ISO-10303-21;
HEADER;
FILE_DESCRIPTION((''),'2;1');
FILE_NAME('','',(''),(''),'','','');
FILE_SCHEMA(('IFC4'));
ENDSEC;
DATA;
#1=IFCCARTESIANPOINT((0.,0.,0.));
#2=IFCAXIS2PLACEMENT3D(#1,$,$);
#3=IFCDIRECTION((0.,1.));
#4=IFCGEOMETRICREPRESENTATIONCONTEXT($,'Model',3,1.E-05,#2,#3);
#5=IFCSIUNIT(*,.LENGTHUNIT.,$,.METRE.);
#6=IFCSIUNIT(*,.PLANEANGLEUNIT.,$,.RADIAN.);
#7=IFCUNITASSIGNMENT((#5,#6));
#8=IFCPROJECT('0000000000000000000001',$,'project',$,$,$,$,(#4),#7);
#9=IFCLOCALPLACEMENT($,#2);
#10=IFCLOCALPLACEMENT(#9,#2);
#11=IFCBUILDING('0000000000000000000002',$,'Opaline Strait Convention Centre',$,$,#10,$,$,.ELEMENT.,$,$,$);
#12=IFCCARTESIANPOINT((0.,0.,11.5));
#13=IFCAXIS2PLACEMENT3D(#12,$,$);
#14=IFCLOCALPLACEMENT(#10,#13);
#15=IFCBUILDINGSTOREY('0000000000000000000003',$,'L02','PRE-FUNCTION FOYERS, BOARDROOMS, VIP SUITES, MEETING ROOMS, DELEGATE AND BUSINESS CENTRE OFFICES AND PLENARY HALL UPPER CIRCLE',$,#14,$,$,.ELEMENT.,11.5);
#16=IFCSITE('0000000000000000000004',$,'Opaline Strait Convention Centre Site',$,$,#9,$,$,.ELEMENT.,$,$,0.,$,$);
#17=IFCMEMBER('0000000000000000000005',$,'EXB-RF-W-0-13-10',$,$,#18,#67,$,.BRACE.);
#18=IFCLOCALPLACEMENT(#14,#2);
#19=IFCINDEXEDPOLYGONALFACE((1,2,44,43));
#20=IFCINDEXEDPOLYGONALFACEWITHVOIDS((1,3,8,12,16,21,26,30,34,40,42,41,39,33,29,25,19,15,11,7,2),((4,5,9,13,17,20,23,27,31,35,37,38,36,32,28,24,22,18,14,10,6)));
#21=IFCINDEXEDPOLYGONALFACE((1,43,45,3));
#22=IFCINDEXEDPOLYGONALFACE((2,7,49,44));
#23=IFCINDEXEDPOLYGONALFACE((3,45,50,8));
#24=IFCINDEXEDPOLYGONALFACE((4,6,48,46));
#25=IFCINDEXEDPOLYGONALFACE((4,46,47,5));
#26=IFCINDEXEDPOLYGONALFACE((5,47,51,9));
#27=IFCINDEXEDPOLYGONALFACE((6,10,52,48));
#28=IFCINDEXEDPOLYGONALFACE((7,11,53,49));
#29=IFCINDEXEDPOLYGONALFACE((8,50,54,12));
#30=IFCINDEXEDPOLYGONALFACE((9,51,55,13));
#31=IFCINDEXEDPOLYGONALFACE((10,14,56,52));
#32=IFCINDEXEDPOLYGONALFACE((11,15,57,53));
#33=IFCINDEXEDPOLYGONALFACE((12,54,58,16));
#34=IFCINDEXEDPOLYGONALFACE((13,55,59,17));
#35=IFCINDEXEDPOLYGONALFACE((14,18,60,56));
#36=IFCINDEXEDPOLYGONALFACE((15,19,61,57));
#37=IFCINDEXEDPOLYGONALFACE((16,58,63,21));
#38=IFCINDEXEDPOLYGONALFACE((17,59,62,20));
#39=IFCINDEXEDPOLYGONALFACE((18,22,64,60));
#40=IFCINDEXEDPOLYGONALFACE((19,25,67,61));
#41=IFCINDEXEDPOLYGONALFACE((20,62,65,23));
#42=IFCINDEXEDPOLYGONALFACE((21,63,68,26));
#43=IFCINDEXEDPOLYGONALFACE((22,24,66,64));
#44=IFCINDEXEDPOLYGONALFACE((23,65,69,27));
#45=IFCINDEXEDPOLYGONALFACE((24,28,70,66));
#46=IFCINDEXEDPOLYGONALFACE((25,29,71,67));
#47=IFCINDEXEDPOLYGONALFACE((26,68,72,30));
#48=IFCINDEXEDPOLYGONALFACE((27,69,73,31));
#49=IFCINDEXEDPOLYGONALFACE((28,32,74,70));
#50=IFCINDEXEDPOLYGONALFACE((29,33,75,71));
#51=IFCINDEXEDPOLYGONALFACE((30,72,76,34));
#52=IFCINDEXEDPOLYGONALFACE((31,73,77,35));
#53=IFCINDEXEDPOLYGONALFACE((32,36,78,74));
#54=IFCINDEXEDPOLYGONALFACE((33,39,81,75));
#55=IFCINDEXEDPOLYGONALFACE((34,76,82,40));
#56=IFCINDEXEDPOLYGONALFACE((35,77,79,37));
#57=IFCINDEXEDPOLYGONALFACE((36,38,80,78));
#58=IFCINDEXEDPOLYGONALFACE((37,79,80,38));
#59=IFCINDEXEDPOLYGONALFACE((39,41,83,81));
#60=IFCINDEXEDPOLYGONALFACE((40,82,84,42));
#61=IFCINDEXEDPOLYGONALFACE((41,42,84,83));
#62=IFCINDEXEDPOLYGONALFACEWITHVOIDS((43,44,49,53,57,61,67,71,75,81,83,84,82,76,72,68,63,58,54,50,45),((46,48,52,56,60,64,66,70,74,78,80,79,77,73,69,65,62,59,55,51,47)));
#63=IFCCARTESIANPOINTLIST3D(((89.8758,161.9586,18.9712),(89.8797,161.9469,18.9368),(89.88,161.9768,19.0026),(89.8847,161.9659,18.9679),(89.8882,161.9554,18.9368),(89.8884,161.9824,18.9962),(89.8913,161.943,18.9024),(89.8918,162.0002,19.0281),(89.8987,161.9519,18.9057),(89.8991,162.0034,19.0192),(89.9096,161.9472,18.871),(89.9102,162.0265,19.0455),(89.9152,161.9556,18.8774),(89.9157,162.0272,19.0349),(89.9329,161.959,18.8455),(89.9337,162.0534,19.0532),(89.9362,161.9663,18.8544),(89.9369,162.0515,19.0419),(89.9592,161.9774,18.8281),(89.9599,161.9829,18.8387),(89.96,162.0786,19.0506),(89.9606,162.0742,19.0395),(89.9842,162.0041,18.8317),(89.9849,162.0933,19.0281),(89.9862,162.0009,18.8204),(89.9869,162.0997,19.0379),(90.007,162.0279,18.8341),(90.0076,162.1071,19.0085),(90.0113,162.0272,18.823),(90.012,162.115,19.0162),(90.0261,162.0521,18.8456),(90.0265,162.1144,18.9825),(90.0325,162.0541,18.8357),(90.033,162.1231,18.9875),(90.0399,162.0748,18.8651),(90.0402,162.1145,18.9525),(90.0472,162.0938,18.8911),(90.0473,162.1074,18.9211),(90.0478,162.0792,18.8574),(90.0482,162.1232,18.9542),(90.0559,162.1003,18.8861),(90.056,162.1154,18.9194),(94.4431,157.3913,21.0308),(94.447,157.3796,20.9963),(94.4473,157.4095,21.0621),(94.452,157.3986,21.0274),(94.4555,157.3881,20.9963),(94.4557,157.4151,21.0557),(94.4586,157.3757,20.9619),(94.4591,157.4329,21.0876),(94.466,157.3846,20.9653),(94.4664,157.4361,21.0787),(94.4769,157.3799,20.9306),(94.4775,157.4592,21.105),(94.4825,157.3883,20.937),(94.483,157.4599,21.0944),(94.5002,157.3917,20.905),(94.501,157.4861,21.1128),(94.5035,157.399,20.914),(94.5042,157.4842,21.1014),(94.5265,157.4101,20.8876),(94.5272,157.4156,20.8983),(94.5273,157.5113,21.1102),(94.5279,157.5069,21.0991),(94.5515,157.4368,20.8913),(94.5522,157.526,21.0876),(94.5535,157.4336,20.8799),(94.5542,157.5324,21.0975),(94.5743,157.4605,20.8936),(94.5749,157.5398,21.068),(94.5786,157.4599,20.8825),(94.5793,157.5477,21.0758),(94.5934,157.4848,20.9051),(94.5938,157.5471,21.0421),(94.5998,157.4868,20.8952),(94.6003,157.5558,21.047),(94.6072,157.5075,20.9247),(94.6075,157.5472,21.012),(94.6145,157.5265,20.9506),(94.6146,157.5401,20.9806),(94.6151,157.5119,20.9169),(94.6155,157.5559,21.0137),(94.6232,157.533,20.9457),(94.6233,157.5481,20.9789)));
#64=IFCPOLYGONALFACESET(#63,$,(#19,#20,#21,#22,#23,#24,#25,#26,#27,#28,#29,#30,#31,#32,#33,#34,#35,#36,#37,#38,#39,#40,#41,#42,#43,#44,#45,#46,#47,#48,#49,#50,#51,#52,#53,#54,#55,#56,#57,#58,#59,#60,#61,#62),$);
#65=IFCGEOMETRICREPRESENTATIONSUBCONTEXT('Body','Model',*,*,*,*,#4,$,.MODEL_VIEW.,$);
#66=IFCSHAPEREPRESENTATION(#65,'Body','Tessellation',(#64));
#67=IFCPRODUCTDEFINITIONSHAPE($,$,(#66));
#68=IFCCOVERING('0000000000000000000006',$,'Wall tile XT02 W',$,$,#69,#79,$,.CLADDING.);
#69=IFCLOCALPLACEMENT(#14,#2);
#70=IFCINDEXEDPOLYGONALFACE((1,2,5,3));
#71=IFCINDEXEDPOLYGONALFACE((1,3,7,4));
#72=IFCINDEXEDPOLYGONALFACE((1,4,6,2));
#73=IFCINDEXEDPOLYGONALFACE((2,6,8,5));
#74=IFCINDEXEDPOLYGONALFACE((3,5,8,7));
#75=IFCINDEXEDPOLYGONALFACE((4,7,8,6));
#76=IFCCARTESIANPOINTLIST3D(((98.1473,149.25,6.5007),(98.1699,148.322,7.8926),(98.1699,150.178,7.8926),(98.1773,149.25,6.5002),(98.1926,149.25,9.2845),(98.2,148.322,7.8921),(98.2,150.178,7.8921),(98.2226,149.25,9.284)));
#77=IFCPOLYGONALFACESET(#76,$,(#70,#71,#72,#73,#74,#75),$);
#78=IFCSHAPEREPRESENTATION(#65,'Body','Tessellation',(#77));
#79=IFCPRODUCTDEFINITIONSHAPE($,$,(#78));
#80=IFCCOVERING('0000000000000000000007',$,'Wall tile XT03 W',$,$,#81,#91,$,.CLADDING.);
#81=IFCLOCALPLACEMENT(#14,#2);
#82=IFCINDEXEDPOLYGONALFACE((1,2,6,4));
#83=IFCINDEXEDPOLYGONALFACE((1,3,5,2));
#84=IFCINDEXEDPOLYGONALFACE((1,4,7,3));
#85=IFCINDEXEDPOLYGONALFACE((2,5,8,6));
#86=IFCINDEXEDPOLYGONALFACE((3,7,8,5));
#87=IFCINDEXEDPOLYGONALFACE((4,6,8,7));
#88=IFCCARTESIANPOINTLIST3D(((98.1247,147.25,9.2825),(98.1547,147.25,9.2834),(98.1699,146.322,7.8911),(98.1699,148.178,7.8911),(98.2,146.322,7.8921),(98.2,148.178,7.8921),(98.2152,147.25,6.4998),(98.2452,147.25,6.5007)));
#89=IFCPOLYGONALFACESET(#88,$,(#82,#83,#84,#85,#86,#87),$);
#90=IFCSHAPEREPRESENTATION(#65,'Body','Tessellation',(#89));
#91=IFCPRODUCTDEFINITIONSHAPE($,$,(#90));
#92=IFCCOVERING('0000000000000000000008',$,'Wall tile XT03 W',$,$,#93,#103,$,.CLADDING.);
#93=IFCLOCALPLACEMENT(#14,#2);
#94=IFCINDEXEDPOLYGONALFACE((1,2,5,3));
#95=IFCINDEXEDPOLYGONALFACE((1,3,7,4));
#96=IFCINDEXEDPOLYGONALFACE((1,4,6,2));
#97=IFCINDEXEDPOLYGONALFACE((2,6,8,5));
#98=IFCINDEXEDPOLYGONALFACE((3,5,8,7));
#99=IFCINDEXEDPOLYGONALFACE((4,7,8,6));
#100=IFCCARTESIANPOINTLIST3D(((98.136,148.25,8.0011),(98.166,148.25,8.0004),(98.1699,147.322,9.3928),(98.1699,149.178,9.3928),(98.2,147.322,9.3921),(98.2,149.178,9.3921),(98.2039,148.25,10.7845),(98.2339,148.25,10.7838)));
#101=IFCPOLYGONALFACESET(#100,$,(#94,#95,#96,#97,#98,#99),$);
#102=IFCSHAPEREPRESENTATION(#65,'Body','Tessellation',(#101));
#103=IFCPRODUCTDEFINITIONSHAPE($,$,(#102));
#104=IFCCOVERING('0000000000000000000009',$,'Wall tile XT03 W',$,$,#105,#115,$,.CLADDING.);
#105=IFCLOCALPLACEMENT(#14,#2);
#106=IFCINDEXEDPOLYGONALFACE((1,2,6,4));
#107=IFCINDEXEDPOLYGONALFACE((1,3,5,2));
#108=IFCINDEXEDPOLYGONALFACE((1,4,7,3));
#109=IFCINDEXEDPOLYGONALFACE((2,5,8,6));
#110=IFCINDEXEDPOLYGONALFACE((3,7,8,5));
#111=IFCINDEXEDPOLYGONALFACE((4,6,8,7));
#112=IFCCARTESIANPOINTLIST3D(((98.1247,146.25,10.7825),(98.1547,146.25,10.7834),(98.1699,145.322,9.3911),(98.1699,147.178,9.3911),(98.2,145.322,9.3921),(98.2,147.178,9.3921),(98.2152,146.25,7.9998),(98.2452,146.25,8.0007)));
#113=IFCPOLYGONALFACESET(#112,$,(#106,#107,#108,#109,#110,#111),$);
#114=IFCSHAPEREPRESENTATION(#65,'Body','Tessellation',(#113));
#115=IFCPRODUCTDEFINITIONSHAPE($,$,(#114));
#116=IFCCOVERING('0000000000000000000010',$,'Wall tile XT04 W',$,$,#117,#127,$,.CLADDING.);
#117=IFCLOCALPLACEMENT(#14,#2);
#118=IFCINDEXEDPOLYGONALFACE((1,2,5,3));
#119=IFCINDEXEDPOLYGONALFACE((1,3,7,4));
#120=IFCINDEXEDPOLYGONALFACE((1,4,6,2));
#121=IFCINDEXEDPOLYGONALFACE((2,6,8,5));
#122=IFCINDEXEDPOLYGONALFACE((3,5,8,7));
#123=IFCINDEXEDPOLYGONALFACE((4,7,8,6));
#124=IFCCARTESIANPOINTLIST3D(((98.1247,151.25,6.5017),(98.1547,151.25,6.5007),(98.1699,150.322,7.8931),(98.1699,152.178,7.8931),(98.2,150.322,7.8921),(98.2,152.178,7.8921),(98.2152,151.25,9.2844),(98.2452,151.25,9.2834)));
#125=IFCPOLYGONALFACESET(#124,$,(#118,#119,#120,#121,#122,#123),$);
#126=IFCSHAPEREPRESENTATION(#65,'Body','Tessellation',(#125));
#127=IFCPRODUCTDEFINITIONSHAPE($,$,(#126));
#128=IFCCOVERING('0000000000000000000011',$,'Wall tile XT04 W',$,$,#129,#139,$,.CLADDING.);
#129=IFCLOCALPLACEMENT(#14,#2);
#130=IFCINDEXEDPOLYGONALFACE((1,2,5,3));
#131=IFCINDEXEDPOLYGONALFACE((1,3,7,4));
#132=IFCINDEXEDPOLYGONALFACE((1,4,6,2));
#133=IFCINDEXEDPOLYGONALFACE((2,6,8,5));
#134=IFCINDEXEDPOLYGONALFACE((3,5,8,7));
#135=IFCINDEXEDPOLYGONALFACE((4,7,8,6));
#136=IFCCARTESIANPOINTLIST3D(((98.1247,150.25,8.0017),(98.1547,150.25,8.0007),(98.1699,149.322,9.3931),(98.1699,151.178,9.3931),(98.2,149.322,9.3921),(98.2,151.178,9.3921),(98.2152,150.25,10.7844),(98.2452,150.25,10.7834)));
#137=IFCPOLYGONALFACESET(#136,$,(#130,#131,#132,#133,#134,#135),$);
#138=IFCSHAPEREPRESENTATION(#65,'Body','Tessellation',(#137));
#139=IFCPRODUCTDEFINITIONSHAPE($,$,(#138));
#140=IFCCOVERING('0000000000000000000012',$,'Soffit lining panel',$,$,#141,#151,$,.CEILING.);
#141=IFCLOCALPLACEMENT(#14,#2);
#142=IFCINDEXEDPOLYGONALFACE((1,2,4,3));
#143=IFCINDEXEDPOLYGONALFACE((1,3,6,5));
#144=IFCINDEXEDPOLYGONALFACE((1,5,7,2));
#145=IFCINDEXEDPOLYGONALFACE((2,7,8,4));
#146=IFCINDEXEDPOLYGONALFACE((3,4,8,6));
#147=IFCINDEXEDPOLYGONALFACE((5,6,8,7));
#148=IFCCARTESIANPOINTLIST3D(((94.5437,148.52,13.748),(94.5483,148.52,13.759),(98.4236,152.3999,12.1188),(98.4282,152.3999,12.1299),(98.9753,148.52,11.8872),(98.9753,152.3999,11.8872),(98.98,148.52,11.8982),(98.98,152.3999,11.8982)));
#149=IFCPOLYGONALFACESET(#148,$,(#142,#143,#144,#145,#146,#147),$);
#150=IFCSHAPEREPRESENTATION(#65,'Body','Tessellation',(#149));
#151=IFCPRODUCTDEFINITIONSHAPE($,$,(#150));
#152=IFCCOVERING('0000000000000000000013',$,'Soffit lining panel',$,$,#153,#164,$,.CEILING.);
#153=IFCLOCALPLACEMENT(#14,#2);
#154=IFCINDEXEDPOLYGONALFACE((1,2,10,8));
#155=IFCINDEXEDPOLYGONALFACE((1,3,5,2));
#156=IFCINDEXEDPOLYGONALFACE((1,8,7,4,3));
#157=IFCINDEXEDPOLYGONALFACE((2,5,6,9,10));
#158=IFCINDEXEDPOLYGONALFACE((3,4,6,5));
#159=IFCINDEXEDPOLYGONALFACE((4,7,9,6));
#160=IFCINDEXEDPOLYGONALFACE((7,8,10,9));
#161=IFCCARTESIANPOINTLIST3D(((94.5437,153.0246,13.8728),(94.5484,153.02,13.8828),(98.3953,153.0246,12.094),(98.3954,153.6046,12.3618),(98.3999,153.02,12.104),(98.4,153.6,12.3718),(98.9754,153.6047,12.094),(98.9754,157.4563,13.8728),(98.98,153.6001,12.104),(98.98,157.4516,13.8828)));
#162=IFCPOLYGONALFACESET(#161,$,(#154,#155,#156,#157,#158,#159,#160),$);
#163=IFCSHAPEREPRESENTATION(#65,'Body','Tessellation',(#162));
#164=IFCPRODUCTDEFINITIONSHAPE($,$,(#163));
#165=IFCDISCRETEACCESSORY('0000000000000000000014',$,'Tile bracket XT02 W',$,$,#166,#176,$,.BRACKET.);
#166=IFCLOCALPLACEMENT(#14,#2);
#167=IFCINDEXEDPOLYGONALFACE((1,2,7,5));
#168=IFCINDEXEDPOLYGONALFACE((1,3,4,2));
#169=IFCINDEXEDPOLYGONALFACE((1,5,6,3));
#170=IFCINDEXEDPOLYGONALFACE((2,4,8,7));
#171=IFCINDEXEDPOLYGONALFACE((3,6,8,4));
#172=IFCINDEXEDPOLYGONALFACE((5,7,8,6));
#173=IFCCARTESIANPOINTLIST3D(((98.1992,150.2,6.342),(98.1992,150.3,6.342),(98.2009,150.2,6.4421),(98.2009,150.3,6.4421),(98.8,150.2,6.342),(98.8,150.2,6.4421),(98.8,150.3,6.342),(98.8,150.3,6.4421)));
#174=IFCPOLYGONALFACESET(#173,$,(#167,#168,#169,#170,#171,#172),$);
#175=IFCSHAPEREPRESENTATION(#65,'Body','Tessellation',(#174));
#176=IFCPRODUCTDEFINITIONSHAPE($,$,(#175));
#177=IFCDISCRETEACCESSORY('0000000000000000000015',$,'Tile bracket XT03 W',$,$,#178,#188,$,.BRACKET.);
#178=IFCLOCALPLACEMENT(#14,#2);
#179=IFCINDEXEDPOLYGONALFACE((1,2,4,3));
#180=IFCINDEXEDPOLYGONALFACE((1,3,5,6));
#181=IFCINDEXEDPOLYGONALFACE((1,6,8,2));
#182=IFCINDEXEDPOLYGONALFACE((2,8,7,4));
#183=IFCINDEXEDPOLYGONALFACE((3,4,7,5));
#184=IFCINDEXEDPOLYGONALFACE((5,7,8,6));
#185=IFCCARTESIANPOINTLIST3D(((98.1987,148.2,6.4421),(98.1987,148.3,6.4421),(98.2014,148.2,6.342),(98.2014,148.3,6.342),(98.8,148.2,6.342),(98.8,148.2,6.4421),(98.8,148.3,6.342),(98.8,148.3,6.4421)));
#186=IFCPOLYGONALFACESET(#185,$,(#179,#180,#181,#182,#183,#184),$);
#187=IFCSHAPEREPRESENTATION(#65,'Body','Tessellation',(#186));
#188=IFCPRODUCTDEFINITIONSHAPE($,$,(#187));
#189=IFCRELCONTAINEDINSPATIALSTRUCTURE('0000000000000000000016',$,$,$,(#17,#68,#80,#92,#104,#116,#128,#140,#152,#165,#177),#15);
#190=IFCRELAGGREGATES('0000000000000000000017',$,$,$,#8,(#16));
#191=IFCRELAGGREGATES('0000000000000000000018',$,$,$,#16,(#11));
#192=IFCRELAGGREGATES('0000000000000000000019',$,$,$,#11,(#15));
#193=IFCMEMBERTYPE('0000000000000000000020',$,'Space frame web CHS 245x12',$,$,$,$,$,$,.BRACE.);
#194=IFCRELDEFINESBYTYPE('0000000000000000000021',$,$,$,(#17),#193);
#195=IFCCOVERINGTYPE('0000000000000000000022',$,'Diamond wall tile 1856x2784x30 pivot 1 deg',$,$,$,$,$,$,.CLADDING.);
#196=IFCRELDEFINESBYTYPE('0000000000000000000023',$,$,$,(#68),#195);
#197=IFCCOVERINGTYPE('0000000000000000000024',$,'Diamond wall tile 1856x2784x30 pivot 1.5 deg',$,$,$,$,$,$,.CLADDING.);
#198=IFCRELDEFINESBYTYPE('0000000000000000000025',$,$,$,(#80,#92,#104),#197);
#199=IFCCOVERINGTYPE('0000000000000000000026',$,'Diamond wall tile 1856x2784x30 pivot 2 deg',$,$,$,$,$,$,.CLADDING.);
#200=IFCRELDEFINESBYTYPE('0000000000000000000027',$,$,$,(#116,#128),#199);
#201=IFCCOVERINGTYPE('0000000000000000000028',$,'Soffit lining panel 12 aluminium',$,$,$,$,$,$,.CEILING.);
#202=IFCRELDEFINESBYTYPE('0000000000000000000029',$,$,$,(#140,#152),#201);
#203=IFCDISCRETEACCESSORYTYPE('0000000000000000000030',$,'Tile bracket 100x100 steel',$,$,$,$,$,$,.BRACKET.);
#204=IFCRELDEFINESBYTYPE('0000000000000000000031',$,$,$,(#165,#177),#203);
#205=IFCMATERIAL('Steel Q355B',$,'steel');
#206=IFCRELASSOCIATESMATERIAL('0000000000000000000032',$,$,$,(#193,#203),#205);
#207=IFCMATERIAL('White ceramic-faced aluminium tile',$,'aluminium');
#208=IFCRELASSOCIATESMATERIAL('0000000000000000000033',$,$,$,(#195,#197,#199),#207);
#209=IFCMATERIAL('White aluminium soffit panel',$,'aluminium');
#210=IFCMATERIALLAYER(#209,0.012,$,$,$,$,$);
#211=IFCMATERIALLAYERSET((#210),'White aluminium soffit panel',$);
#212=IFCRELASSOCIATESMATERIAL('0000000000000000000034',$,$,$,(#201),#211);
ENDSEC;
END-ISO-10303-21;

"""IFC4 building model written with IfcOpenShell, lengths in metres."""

from ifc_helpers import new_model, si_unit, direction, frame, origin, origin_2d, place, context, subcontext, project, spatial, polyline, hollow_circle, outline, extrude, material, layer, layer_set, material_profile, profile_set, type_object, element, save


model = new_model("IFC4")

# Units and contexts
model_context = context("Model", 3, precision=1e-05, world=origin(), true_north=direction((0.0, 1.0)))
body_context = subcontext(model_context, "Body", "Model", "MODEL_VIEW")
ifc_project = project(units=[si_unit("LENGTHUNIT", "METRE"), si_unit("PLANEANGLEUNIT", "RADIAN")], contexts=[model_context])

# Site, building, storey
site_placement = place(None, origin())
site = spatial("IfcSite", under=ifc_project, at=site_placement, Name="Opaline Strait Convention Centre Site", CompositionType="ELEMENT", RefElevation=0.0)
building_placement = place(site_placement, origin())
building = spatial("IfcBuilding", under=site, at=building_placement, Name="Opaline Strait Convention Centre", CompositionType="ELEMENT")
storey_placement = place(building_placement, frame((0.0, 0.0, 11.5)))
storey = spatial("IfcBuildingStorey", under=building, at=storey_placement, Name="L02", Description="PRE-FUNCTION FOYERS, BOARDROOMS, VIP SUITES, MEETING ROOMS, DELEGATE AND BUSINESS CENTRE OFFICES AND PLENARY HALL UPPER CIRCLE", CompositionType="ELEMENT", Elevation=11.5)

# Member
ifc_material_1 = material(Name="Steel Q355B", Category="steel")
ifc_material_profile_1 = material_profile(ifc_material_1, hollow_circle(Radius=0.1226, WallThickness=0.012, at=origin_2d()), Name="CHS 245x12")
ifc_profile_set_1 = profile_set([ifc_material_profile_1], Name="Steel Q355B")
member_type_1 = type_object("IfcMemberType", Name="Space frame web CHS 245x12", PredefinedType="BRACE", material=ifc_profile_set_1)
member_1_placement = place(storey_placement, frame((94.5337, 157.4663, 20.9963), z_axis=(-0.673689, 0.673689, -0.303787), x_axis=(-0.707107, -0.707107, 0.0)))
element("IfcMember", 1, at=member_1_placement, inside=storey, type_object=member_type_1, Name="EXB-RF-W-0-13-10", PredefinedType="BRACE", context=body_context, shape_type="SweptSolid", body=[
    extrude(hollow_circle(Radius=0.1226, WallThickness=0.012, at=origin_2d()), origin(), (0.0, 0.0, 1.0), 6.7795),
])

# Coverings
ifc_material_2 = material(Name="White ceramic-faced aluminium tile", Category="aluminium")
ifc_material_profile_2 = material_profile(ifc_material_2, outline(polyline([(0.928, 0.0), (0.0, 1.3921), (-0.928, 0.0), (0.0, -1.3921), (0.928, 0.0)])), Name="Diamond tile 1856x2784")
ifc_profile_set_2 = profile_set([ifc_material_profile_2], Name="White ceramic-faced aluminium tile")
covering_type_1 = type_object("IfcCoveringType", Name="Diamond wall tile 1856x2784x30 pivot 1 deg", PredefinedType="CLADDING", material=ifc_profile_set_2)
covering_1_placement = place(storey_placement, frame((98.2, 149.25, 7.8921), z_axis=(-0.999868, 0.0, 0.016258), x_axis=(0.0, -1.0, 0.0)))
element("IfcCovering", 2, at=covering_1_placement, inside=storey, type_object=covering_type_1, Name="Wall tile XT02 W", PredefinedType="CLADDING", context=body_context, shape_type="SweptSolid", body=[
    extrude(outline(polyline([(0.928, 0.0), (0.0, 1.3921), (-0.928, 0.0), (0.0, -1.3921), (0.928, 0.0)])), origin(), (0.0, 0.0, 1.0), 0.03),
])
ifc_material_profile_3 = material_profile(ifc_material_2, outline(polyline([(0.928, 0.0), (0.0, 1.3921), (-0.928, 0.0), (0.0, -1.3921), (0.928, 0.0)])), Name="Diamond tile 1856x2784")
ifc_profile_set_3 = profile_set([ifc_material_profile_3], Name="White ceramic-faced aluminium tile")
covering_type_2 = type_object("IfcCoveringType", Name="Diamond wall tile 1856x2784x30 pivot 1.5 deg", PredefinedType="CLADDING", material=ifc_profile_set_3)
for number, where, z_axis, x_axis, name in (
    (3, (98.2, 147.25, 7.8921), (-0.999472, 0.0, -0.032503), (0.0, -1.0, 0.0), "Wall tile XT03 W"),
    (4, (98.2, 148.25, 9.3921), (-0.999703, 0.0, 0.024383), (0.0, -1.0, 0.0), "Wall tile XT03 W"),
    (5, (98.2, 146.25, 9.3921), (-0.999472, 0.0, -0.032503), (0.0, -1.0, 0.0), "Wall tile XT03 W"),
):
    element("IfcCovering", number, at=place(storey_placement, frame(where, z_axis=z_axis, x_axis=x_axis)), inside=storey, type_object=covering_type_2, Name=name, PredefinedType="CLADDING", context=body_context, shape_type="SweptSolid", body=[
        extrude(outline(polyline([(0.928, 0.0), (0.0, 1.3921), (-0.928, 0.0), (0.0, -1.3921), (0.928, 0.0)])), origin(), (0.0, 0.0, 1.0), 0.03),
    ])
ifc_material_profile_4 = material_profile(ifc_material_2, outline(polyline([(0.928, 0.0), (0.0, 1.3921), (-0.928, 0.0), (0.0, -1.3921), (0.928, 0.0)])), Name="Diamond tile 1856x2784")
ifc_profile_set_4 = profile_set([ifc_material_profile_4], Name="White ceramic-faced aluminium tile")
covering_type_3 = type_object("IfcCoveringType", Name="Diamond wall tile 1856x2784x30 pivot 2 deg", PredefinedType="CLADDING", material=ifc_profile_set_4)
for number, where, z_axis, x_axis, name in (
    (6, (98.2, 151.25, 7.8921), (-0.999472, 0.0, 0.032503), (0.0, -1.0, 0.0), "Wall tile XT04 W"),
    (7, (98.2, 150.25, 9.3921), (-0.999472, 0.0, 0.032503), (0.0, -1.0, 0.0), "Wall tile XT04 W"),
):
    element("IfcCovering", number, at=place(storey_placement, frame(where, z_axis=z_axis, x_axis=x_axis)), inside=storey, type_object=covering_type_3, Name=name, PredefinedType="CLADDING", context=body_context, shape_type="SweptSolid", body=[
        extrude(outline(polyline([(0.928, 0.0), (0.0, 1.3921), (-0.928, 0.0), (0.0, -1.3921), (0.928, 0.0)])), origin(), (0.0, 0.0, 1.0), 0.03),
    ])
ifc_material_3 = material(Name="White aluminium soffit panel", Category="aluminium")
ifc_layer = layer(ifc_material_3, 0.012)
ifc_layer_set = layer_set([ifc_layer], Name="White aluminium soffit panel")
covering_type_4 = type_object("IfcCoveringType", Name="Soffit lining panel 12 aluminium", PredefinedType="CEILING", material=ifc_layer_set)
covering_2_placement = place(storey_placement, frame((94.5483, 148.52, 13.759), z_axis=(0.387154, -0.000002, 0.922015), x_axis=(0.677858, 0.677859, -0.284632)))
element("IfcCovering", 8, at=covering_2_placement, inside=storey, type_object=covering_type_4, Name="Soffit lining panel", PredefinedType="CEILING", context=body_context, shape_type="SweptSolid", body=[
    extrude(outline(polyline([(0.0, 0.0), (5.7237, 0.0), (6.1637, -0.4057), (3.5337, -3.2581), (0.0, 0.0)])), origin(), (0.0, 0.0, -1.0), 0.012),
])
covering_3_placement = place(storey_placement, frame((98.3999, 153.02, 12.104), z_axis=(0.386677, -0.386677, 0.837234), x_axis=(-0.907852, -0.000003, 0.419291)))
element("IfcCovering", 9, at=covering_3_placement, inside=storey, type_object=covering_type_4, Name="Soffit lining panel", PredefinedType="CEILING", context=body_context, shape_type="SweptSolid", body=[
    extrude(outline(polyline([(0.0, 0.0), (4.2425, 0.0), (0.2192, -4.8054), (-0.5266, -0.629), (0.1122, -0.6289), (0.0, 0.0)])), origin(), (0.0, 0.0, -1.0), 0.012),
])

# Discrete accessories
discrete_accessory_type = type_object("IfcDiscreteAccessoryType", Name="Tile bracket 100x100 steel", PredefinedType="BRACKET", material=ifc_material_1)
discrete_accessory_1_placement = place(storey_placement, frame((98.8, 150.3, 6.3921), z_axis=(0.0, -1.0, 0.0), x_axis=(1.0, 0.0, 0.0)))
element("IfcDiscreteAccessory", 10, at=discrete_accessory_1_placement, inside=storey, type_object=discrete_accessory_type, Name="Tile bracket XT02 W", PredefinedType="BRACKET", context=body_context, shape_type="SweptSolid", body=[
    extrude(outline(polyline([(0.0, -0.05), (0.0, 0.05), (-0.5991, 0.05), (-0.6008, -0.05), (0.0, -0.05)])), origin(), (0.0, 0.0, 1.0), 0.1001),
])
discrete_accessory_2_placement = place(storey_placement, frame((98.8, 148.3, 6.3921), z_axis=(0.0, -1.0, 0.0), x_axis=(1.0, 0.0, 0.0)))
element("IfcDiscreteAccessory", 11, at=discrete_accessory_2_placement, inside=storey, type_object=discrete_accessory_type, Name="Tile bracket XT03 W", PredefinedType="BRACKET", context=body_context, shape_type="SweptSolid", body=[
    extrude(outline(polyline([(0.0, -0.05), (0.0, 0.05), (-0.6013, 0.05), (-0.5986, -0.05), (0.0, -0.05)])), origin(), (0.0, 0.0, 1.0), 0.1001),
])

save(model, "model.ifc")
